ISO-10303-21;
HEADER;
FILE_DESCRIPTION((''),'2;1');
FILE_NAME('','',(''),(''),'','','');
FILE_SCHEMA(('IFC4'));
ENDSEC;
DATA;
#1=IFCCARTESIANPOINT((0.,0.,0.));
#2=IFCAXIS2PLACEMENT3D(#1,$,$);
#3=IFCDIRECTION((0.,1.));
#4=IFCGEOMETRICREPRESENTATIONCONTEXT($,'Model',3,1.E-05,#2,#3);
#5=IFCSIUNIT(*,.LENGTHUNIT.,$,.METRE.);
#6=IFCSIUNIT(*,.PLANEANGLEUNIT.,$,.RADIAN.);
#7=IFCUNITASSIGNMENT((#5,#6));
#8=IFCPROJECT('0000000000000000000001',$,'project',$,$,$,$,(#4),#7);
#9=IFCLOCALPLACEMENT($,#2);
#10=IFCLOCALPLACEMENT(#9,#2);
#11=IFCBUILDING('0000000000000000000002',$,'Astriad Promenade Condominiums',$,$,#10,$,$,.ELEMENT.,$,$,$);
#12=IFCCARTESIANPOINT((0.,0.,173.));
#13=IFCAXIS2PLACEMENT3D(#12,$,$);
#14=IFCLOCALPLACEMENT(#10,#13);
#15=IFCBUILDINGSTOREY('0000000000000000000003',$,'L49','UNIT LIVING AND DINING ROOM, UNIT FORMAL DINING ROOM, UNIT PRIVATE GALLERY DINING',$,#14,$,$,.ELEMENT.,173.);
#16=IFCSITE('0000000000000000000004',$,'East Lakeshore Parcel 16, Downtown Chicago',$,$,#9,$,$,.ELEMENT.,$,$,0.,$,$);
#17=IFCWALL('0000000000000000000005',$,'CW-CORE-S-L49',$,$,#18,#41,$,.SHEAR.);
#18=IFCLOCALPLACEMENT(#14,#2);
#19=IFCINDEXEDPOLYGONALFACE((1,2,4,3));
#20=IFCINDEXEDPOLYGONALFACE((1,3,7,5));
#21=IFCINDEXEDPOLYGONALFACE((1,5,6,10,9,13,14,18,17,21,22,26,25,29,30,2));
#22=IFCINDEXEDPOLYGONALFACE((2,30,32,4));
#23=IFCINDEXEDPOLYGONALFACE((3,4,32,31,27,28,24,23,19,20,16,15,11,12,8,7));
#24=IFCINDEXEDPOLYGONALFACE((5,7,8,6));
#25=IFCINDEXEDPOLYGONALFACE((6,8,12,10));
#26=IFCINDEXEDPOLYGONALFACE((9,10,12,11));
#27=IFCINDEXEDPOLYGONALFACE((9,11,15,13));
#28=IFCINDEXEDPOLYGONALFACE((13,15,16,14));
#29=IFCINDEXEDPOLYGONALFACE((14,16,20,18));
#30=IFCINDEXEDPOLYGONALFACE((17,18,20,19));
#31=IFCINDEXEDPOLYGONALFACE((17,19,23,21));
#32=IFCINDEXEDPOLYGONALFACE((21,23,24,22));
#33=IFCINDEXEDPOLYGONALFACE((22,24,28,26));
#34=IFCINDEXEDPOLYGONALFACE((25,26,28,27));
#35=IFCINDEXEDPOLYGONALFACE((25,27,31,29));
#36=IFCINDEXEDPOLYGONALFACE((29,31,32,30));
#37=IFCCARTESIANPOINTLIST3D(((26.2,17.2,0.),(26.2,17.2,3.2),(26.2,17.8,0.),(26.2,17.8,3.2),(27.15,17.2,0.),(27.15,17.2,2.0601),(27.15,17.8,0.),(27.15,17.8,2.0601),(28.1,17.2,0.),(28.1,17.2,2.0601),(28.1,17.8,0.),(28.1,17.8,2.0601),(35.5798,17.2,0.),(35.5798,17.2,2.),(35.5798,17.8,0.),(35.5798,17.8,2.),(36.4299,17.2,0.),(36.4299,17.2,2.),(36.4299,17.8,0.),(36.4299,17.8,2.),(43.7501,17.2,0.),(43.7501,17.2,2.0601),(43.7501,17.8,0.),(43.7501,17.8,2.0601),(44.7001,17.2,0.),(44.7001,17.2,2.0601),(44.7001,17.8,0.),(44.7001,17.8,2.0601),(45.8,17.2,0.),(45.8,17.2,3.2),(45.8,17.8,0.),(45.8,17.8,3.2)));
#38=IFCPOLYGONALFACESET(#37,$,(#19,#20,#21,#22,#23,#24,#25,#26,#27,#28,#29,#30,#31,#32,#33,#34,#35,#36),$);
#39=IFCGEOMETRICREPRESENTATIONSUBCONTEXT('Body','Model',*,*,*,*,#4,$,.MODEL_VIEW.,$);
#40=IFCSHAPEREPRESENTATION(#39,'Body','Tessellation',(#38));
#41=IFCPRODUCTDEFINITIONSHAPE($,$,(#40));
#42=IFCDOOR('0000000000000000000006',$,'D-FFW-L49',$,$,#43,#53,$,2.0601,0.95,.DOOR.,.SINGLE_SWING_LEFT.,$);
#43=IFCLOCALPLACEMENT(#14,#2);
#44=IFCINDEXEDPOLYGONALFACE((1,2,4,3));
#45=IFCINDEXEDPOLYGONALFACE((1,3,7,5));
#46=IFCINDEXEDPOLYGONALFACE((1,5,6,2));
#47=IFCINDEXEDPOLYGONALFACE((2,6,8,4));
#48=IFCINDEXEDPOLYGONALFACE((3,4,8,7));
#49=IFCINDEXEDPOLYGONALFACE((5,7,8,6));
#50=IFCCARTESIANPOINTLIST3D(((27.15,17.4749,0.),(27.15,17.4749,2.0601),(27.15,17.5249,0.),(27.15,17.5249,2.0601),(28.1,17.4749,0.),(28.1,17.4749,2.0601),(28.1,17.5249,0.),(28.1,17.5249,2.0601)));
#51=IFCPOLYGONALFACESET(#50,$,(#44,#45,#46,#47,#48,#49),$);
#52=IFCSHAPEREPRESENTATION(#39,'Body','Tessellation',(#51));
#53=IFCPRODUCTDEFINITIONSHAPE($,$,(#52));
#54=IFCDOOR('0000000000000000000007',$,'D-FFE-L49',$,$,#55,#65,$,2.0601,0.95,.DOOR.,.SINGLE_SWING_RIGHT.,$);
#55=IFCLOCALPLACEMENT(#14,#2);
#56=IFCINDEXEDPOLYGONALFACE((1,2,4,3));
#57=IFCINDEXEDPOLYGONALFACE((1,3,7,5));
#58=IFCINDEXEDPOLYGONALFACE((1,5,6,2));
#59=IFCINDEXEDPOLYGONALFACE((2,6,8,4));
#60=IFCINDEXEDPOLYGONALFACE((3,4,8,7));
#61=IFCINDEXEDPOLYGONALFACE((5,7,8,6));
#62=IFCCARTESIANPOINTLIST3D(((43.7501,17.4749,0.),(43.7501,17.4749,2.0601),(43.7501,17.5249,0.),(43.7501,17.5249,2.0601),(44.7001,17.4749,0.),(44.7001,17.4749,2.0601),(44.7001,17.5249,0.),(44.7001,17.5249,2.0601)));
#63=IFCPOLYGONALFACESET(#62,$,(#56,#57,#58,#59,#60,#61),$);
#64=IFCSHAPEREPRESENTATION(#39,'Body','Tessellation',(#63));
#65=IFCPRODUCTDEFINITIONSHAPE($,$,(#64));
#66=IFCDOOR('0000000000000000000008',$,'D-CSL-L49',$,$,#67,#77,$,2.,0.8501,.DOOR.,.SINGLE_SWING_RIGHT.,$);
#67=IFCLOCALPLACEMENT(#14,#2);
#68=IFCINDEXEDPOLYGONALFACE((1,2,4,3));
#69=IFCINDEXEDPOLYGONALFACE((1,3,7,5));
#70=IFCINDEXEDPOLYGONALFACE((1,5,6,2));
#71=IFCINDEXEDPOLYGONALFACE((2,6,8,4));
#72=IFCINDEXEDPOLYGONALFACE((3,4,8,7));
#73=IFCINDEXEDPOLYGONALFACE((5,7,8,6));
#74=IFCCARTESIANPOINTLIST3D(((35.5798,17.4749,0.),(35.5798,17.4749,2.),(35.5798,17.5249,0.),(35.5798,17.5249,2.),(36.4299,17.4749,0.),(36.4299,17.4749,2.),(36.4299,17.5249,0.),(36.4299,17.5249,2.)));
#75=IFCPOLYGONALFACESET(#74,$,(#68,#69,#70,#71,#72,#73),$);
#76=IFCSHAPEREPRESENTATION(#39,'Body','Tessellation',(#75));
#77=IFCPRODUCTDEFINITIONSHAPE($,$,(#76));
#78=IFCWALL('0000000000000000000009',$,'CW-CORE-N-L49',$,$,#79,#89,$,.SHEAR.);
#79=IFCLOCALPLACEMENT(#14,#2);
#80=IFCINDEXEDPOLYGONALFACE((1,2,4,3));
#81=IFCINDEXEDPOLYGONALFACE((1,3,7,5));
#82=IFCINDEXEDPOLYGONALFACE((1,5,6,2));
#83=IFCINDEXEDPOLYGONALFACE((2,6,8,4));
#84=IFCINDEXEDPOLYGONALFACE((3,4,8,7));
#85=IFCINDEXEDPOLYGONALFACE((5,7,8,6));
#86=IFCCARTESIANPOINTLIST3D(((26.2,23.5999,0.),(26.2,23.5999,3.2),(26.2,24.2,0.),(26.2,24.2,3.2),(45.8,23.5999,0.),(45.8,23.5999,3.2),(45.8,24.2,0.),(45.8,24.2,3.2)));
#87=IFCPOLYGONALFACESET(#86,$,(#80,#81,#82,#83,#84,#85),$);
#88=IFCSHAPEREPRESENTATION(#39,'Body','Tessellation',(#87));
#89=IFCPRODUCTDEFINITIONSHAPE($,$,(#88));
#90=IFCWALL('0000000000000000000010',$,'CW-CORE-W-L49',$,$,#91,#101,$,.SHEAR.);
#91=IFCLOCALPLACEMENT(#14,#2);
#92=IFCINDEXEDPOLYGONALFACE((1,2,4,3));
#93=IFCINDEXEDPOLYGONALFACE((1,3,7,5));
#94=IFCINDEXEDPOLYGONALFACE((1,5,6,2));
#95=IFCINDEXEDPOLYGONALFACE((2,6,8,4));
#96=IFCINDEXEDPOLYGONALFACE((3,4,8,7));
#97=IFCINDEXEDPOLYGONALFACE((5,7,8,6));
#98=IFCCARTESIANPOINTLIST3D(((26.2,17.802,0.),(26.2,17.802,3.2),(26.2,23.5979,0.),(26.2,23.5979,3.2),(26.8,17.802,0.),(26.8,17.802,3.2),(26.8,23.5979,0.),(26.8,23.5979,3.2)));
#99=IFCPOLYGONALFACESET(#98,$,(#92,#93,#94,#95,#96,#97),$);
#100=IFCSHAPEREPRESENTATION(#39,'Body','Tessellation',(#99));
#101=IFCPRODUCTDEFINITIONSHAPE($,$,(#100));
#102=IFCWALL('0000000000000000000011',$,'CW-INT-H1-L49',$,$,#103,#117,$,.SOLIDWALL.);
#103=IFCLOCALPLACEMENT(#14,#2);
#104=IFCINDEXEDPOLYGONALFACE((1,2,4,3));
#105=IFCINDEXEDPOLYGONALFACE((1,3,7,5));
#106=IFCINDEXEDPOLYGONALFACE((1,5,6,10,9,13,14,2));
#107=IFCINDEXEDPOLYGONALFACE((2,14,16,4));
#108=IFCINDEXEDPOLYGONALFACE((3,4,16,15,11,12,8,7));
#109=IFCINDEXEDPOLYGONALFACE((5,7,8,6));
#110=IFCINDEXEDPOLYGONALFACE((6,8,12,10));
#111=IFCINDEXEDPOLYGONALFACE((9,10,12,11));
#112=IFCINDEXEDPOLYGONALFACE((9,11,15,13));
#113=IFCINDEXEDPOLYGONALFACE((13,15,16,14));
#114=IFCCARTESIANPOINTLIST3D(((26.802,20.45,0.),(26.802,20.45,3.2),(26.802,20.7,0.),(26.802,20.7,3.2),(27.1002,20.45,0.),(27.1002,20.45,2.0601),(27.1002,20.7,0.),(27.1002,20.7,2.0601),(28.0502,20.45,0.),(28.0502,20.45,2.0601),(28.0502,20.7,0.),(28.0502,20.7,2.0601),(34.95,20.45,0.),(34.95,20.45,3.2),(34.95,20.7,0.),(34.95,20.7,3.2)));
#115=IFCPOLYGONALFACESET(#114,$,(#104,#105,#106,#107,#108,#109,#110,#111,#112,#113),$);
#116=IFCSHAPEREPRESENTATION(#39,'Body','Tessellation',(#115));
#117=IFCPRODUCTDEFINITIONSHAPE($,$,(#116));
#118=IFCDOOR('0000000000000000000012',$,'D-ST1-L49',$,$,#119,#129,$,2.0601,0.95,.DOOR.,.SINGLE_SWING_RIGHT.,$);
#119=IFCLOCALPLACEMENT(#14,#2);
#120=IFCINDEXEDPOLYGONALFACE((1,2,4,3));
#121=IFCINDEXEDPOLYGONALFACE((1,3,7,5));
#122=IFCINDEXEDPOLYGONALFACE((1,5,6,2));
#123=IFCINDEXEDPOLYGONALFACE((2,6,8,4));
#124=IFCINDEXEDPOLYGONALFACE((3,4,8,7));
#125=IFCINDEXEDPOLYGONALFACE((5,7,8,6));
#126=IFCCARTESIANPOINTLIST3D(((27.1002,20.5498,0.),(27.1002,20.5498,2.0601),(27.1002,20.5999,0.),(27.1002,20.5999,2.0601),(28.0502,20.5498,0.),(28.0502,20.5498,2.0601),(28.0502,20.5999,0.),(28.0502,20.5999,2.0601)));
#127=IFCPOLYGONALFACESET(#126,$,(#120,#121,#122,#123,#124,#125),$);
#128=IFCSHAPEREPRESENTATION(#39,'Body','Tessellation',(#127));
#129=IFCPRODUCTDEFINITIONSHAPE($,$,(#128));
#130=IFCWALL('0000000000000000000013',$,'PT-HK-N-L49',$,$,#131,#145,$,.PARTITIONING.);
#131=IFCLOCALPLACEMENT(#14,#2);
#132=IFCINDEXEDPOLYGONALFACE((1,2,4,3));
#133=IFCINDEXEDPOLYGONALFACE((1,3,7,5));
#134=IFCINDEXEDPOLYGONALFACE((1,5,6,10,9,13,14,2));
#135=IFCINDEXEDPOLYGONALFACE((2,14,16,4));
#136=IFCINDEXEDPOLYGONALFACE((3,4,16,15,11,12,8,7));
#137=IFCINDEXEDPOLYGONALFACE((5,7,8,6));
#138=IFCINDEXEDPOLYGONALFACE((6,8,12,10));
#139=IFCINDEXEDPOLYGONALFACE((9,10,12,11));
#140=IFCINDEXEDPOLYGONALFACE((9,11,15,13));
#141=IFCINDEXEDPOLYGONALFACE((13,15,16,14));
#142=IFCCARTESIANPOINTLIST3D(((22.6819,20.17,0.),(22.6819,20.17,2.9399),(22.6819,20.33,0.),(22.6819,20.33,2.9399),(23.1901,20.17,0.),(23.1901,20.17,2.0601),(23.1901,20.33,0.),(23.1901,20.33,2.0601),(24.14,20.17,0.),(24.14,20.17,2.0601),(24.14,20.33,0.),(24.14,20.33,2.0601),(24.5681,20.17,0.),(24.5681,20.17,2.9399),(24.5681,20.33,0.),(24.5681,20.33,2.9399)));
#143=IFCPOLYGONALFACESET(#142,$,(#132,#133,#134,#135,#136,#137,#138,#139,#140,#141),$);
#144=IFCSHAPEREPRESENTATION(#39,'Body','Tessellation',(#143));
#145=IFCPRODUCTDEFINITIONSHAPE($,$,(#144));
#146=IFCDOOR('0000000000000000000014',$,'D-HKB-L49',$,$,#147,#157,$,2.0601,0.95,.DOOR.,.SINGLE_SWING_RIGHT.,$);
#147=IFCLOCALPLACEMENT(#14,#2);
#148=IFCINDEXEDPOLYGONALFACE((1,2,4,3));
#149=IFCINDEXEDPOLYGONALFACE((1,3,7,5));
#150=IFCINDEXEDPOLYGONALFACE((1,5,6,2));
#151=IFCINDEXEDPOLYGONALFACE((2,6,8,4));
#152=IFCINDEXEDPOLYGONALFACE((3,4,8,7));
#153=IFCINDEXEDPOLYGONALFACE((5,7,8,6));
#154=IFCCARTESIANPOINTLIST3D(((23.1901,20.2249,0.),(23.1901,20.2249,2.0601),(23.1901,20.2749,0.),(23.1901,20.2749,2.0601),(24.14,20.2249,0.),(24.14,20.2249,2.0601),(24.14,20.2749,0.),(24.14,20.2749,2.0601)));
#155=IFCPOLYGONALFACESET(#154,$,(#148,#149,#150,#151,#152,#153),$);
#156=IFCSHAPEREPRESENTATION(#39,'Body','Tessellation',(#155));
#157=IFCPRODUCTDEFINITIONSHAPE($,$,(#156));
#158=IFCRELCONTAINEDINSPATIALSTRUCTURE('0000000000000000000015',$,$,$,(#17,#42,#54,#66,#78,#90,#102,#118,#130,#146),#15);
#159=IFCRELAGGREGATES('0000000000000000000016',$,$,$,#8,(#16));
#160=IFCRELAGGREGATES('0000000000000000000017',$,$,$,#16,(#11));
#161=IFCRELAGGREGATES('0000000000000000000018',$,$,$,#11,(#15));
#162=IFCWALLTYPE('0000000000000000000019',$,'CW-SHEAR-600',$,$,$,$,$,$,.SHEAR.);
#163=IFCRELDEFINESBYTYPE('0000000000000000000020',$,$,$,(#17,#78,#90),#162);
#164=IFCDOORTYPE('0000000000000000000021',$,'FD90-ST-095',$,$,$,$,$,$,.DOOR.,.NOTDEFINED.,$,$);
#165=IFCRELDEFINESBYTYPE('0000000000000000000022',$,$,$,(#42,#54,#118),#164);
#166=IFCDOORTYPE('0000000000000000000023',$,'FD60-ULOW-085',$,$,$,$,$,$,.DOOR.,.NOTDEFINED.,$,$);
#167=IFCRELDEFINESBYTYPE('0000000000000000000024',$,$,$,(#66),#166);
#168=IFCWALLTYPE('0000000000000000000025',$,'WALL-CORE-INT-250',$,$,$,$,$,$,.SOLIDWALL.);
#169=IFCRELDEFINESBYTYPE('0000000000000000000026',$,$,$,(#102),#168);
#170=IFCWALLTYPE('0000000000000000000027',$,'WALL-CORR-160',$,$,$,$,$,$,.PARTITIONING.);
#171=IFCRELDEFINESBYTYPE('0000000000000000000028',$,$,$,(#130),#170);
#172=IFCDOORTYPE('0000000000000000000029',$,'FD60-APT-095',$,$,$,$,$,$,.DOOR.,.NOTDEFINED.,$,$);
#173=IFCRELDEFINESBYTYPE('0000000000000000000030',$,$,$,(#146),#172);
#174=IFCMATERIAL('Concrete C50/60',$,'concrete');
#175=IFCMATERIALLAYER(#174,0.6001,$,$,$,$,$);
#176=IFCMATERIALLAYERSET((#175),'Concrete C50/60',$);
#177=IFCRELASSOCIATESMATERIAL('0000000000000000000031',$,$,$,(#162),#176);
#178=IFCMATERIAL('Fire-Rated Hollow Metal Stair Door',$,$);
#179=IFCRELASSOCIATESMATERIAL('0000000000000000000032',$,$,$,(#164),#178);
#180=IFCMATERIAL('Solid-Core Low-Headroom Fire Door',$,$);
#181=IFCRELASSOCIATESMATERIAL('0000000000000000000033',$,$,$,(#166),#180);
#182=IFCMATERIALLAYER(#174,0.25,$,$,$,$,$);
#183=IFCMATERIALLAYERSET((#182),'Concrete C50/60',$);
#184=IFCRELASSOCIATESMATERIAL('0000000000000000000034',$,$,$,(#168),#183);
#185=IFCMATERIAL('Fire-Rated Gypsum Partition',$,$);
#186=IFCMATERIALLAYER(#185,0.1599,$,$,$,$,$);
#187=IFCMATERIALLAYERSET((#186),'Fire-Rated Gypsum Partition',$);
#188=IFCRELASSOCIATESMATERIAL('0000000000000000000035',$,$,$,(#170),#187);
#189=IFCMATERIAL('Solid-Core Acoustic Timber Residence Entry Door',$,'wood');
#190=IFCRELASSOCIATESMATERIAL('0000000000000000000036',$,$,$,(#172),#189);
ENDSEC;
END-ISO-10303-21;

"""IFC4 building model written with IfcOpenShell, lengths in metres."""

from ifc_helpers import new_model, si_unit, direction, frame, frame_2d, origin, place, context, subcontext, project, spatial, rectangle, extrude, source, transform, mapped, material, layer, layer_set, type_object, type_shapes, element, fill, save


model = new_model("IFC4")

# Units and contexts
model_context = context("Model", 3, precision=1e-05, world=origin(), true_north=direction((0.0, 1.0)))
body_context = subcontext(model_context, "Body", "Model", "MODEL_VIEW")
ifc_project = project(units=[si_unit("LENGTHUNIT", "METRE"), si_unit("PLANEANGLEUNIT", "RADIAN")], contexts=[model_context])

# Site, building, storey
site_placement = place(None, origin())
site = spatial("IfcSite", under=ifc_project, at=site_placement, Name="East Lakeshore Parcel 16, Downtown Chicago", CompositionType="ELEMENT", RefElevation=0.0)
building_placement = place(site_placement, origin())
building = spatial("IfcBuilding", under=site, at=building_placement, Name="Astriad Promenade Condominiums", CompositionType="ELEMENT")
storey_placement = place(building_placement, frame((0.0, 0.0, 173.0)))
storey = spatial("IfcBuildingStorey", under=building, at=storey_placement, Name="L49", Description="UNIT LIVING AND DINING ROOM, UNIT FORMAL DINING ROOM, UNIT PRIVATE GALLERY DINING", CompositionType="ELEMENT", Elevation=173.0)

# Shared definitions
ifc_material_1 = material(Name="Concrete C50/60", Category="concrete")

# Wall, openings, doors
ifc_layer_1 = layer(ifc_material_1, 0.6001)
ifc_layer_set_1 = layer_set([ifc_layer_1], Name="Concrete C50/60")
wall_type_1 = type_object("IfcWallType", Name="CW-SHEAR-600", PredefinedType="SHEAR", material=ifc_layer_set_1)
wall_1_placement = place(storey_placement, frame((26.2, 17.5, 0.0), z_axis=(0.0, 0.0, 1.0), x_axis=(1.0, 0.0, 0.0)))
wall_1 = element("IfcWall", 1, at=wall_1_placement, inside=storey, type_object=wall_type_1, Name="CW-CORE-S-L49", PredefinedType="SHEAR", context=body_context, shape_type="SweptSolid", body=[
    extrude(rectangle(XDim=19.6001, YDim=0.6001, at=frame_2d((9.8, 0.0))), origin(), (0.0, 0.0, 1.0), 3.2),
])
opening_1_placement = place(wall_1_placement, frame((0.95, 0.0, 0.0)))
opening_1 = element("IfcOpeningElement", 2, at=opening_1_placement, cuts=wall_1, PredefinedType="OPENING", context=body_context, shape_type="SweptSolid", body=[
    extrude(rectangle(XDim=0.95, YDim=2.0601, at=frame_2d((0.4751, 1.03))), frame((0.0, 0.3101, 0.0), z_axis=(0.0, -1.0, 0.0), x_axis=(1.0, 0.0, 0.0)), (0.0, 0.0, 1.0), 0.6201),
])
opening_2_placement = place(wall_1_placement, frame((9.3799, 0.0, 0.0)))
opening_2 = element("IfcOpeningElement", 3, at=opening_2_placement, cuts=wall_1, PredefinedType="OPENING", context=body_context, shape_type="SweptSolid", body=[
    extrude(rectangle(XDim=0.8501, YDim=2.0, at=frame_2d((0.425, 1.0))), frame((0.0, 0.3101, 0.0), z_axis=(0.0, -1.0, 0.0), x_axis=(1.0, 0.0, 0.0)), (0.0, 0.0, 1.0), 0.6201),
])
opening_3_placement = place(wall_1_placement, frame((17.55, 0.0, 0.0)))
opening_3 = element("IfcOpeningElement", 4, at=opening_3_placement, cuts=wall_1, PredefinedType="OPENING", context=body_context, shape_type="SweptSolid", body=[
    extrude(rectangle(XDim=0.95, YDim=2.0601, at=frame_2d((0.4751, 1.03))), frame((0.0, 0.3101, 0.0), z_axis=(0.0, -1.0, 0.0), x_axis=(1.0, 0.0, 0.0)), (0.0, 0.0, 1.0), 0.6201),
])
ifc_material_2 = material(Name="Fire-Rated Hollow Metal Stair Door")
door_type_1 = type_object("IfcDoorType", Name="FD90-ST-095", OperationType="NOTDEFINED", PredefinedType="DOOR", material=ifc_material_2)
shared_shape_1 = source(origin(), body_context, "Body", "SweptSolid", [
    extrude(rectangle(XDim=0.95, YDim=2.0601, at=frame_2d((0.4751, 1.03))), frame((0.0, 0.0249, 0.0), z_axis=(0.0, -1.0, 0.0), x_axis=(1.0, 0.0, 0.0)), (0.0, 0.0, 1.0), 0.05),
])
type_shapes(door_type_1, [shared_shape_1])
door_1_placement = place(opening_1_placement, origin())
door_1 = element("IfcDoor", 5, at=door_1_placement, inside=storey, type_object=door_type_1, Name="D-FFW-L49", OperationType="SINGLE_SWING_LEFT", OverallHeight=2.0601, OverallWidth=0.95, PredefinedType="DOOR", context=body_context, shape_type="MappedRepresentation", body=[
    mapped(shared_shape_1, transform((0.0, 0.0, 0.0), scale=1.0)),
])
fill(opening_1, door_1)
door_2_placement = place(opening_3_placement, origin())
door_2 = element("IfcDoor", 6, at=door_2_placement, inside=storey, type_object=door_type_1, Name="D-FFE-L49", OperationType="SINGLE_SWING_RIGHT", OverallHeight=2.0601, OverallWidth=0.95, PredefinedType="DOOR", context=body_context, shape_type="MappedRepresentation", body=[
    mapped(shared_shape_1, transform((0.0, 0.0, 0.0), scale=1.0)),
])
fill(opening_3, door_2)
ifc_material_3 = material(Name="Solid-Core Low-Headroom Fire Door")
door_type_2 = type_object("IfcDoorType", Name="FD60-ULOW-085", OperationType="NOTDEFINED", PredefinedType="DOOR", material=ifc_material_3)
shared_shape_2 = source(origin(), body_context, "Body", "SweptSolid", [
    extrude(rectangle(XDim=0.8501, YDim=2.0, at=frame_2d((0.425, 1.0))), frame((0.0, 0.0249, 0.0), z_axis=(0.0, -1.0, 0.0), x_axis=(1.0, 0.0, 0.0)), (0.0, 0.0, 1.0), 0.05),
])
type_shapes(door_type_2, [shared_shape_2])
door_3_placement = place(opening_2_placement, origin())
door_3 = element("IfcDoor", 7, at=door_3_placement, inside=storey, type_object=door_type_2, Name="D-CSL-L49", OperationType="SINGLE_SWING_RIGHT", OverallHeight=2.0, OverallWidth=0.8501, PredefinedType="DOOR", context=body_context, shape_type="MappedRepresentation", body=[
    mapped(shared_shape_2, transform((0.0, 0.0, 0.0), scale=1.0)),
])
fill(opening_2, door_3)

# Walls
wall_2_placement = place(storey_placement, frame((26.2, 23.8999, 0.0), z_axis=(0.0, 0.0, 1.0), x_axis=(1.0, 0.0, 0.0)))
element("IfcWall", 8, at=wall_2_placement, inside=storey, type_object=wall_type_1, Name="CW-CORE-N-L49", PredefinedType="SHEAR", context=body_context, shape_type="SweptSolid", body=[
    extrude(rectangle(XDim=19.6001, YDim=0.6001, at=frame_2d((9.8, 0.0))), origin(), (0.0, 0.0, 1.0), 3.2),
])
wall_3_placement = place(storey_placement, frame((26.5, 17.802, 0.0), z_axis=(0.0, 0.0, 1.0), x_axis=(0.0, 1.0, 0.0)))
element("IfcWall", 9, at=wall_3_placement, inside=storey, type_object=wall_type_1, Name="CW-CORE-W-L49", PredefinedType="SHEAR", context=body_context, shape_type="SweptSolid", body=[
    extrude(rectangle(XDim=5.7959, YDim=0.6001, at=frame_2d((2.8979, 0.0))), origin(), (0.0, 0.0, 1.0), 3.2),
])

# Walls, openings, doors
ifc_layer_2 = layer(ifc_material_1, 0.25)
ifc_layer_set_2 = layer_set([ifc_layer_2], Name="Concrete C50/60")
wall_type_2 = type_object("IfcWallType", Name="WALL-CORE-INT-250", PredefinedType="SOLIDWALL", material=ifc_layer_set_2)
wall_4_placement = place(storey_placement, frame((26.802, 20.575, 0.0), z_axis=(0.0, 0.0, 1.0), x_axis=(1.0, 0.0, 0.0)))
wall_4 = element("IfcWall", 10, at=wall_4_placement, inside=storey, type_object=wall_type_2, Name="CW-INT-H1-L49", PredefinedType="SOLIDWALL", context=body_context, shape_type="SweptSolid", body=[
    extrude(rectangle(XDim=8.1479, YDim=0.25, at=frame_2d((4.074, 0.0))), origin(), (0.0, 0.0, 1.0), 3.2),
])
opening_4_placement = place(wall_4_placement, frame((0.2981, 0.0, 0.0)))
opening_4 = element("IfcOpeningElement", 11, at=opening_4_placement, cuts=wall_4, PredefinedType="OPENING", context=body_context, shape_type="SweptSolid", body=[
    extrude(rectangle(XDim=0.95, YDim=2.0601, at=frame_2d((0.4751, 1.03))), frame((0.0, 0.135, 0.0), z_axis=(0.0, -1.0, 0.0), x_axis=(1.0, 0.0, 0.0)), (0.0, 0.0, 1.0), 0.27),
])
door_4_placement = place(opening_4_placement, origin())
door_4 = element("IfcDoor", 12, at=door_4_placement, inside=storey, type_object=door_type_1, Name="D-ST1-L49", OperationType="SINGLE_SWING_RIGHT", OverallHeight=2.0601, OverallWidth=0.95, PredefinedType="DOOR", context=body_context, shape_type="MappedRepresentation", body=[
    mapped(shared_shape_1, transform((0.0, 0.0, 0.0), scale=1.0)),
])
fill(opening_4, door_4)
ifc_material_4 = material(Name="Fire-Rated Gypsum Partition")
ifc_layer_3 = layer(ifc_material_4, 0.1599)
ifc_layer_set_3 = layer_set([ifc_layer_3], Name="Fire-Rated Gypsum Partition")
wall_type_3 = type_object("IfcWallType", Name="WALL-CORR-160", PredefinedType="PARTITIONING", material=ifc_layer_set_3)
wall_5_placement = place(storey_placement, frame((22.6819, 20.25, 0.0), z_axis=(0.0, 0.0, 1.0), x_axis=(1.0, 0.0, 0.0)))
wall_5 = element("IfcWall", 13, at=wall_5_placement, inside=storey, type_object=wall_type_3, Name="PT-HK-N-L49", PredefinedType="PARTITIONING", context=body_context, shape_type="SweptSolid", body=[
    extrude(rectangle(XDim=1.8862, YDim=0.1599, at=frame_2d((0.9431, 0.0))), origin(), (0.0, 0.0, 1.0), 2.9399),
])
opening_5_placement = place(wall_5_placement, frame((0.5081, 0.0, 0.0)))
opening_5 = element("IfcOpeningElement", 14, at=opening_5_placement, cuts=wall_5, PredefinedType="OPENING", context=body_context, shape_type="SweptSolid", body=[
    extrude(rectangle(XDim=0.95, YDim=2.0601, at=frame_2d((0.4751, 1.03))), frame((0.0, 0.0898, 0.0), z_axis=(0.0, -1.0, 0.0), x_axis=(1.0, 0.0, 0.0)), (0.0, 0.0, 1.0), 0.1799),
])
ifc_material_5 = material(Name="Solid-Core Acoustic Timber Residence Entry Door", Category="wood")
door_type_3 = type_object("IfcDoorType", Name="FD60-APT-095", OperationType="NOTDEFINED", PredefinedType="DOOR", material=ifc_material_5)
shared_shape_3 = source(origin(), body_context, "Body", "SweptSolid", [
    extrude(rectangle(XDim=0.95, YDim=2.0601, at=frame_2d((0.4751, 1.03))), frame((0.0, 0.0249, 0.0), z_axis=(0.0, -1.0, 0.0), x_axis=(1.0, 0.0, 0.0)), (0.0, 0.0, 1.0), 0.05),
])
type_shapes(door_type_3, [shared_shape_3])
door_5_placement = place(opening_5_placement, origin())
door_5 = element("IfcDoor", 15, at=door_5_placement, inside=storey, type_object=door_type_3, Name="D-HKB-L49", OperationType="SINGLE_SWING_RIGHT", OverallHeight=2.0601, OverallWidth=0.95, PredefinedType="DOOR", context=body_context, shape_type="MappedRepresentation", body=[
    mapped(shared_shape_3, transform((0.0, 0.0, 0.0), scale=1.0)),
])
fill(opening_5, door_5)

save(model, "model.ifc")
